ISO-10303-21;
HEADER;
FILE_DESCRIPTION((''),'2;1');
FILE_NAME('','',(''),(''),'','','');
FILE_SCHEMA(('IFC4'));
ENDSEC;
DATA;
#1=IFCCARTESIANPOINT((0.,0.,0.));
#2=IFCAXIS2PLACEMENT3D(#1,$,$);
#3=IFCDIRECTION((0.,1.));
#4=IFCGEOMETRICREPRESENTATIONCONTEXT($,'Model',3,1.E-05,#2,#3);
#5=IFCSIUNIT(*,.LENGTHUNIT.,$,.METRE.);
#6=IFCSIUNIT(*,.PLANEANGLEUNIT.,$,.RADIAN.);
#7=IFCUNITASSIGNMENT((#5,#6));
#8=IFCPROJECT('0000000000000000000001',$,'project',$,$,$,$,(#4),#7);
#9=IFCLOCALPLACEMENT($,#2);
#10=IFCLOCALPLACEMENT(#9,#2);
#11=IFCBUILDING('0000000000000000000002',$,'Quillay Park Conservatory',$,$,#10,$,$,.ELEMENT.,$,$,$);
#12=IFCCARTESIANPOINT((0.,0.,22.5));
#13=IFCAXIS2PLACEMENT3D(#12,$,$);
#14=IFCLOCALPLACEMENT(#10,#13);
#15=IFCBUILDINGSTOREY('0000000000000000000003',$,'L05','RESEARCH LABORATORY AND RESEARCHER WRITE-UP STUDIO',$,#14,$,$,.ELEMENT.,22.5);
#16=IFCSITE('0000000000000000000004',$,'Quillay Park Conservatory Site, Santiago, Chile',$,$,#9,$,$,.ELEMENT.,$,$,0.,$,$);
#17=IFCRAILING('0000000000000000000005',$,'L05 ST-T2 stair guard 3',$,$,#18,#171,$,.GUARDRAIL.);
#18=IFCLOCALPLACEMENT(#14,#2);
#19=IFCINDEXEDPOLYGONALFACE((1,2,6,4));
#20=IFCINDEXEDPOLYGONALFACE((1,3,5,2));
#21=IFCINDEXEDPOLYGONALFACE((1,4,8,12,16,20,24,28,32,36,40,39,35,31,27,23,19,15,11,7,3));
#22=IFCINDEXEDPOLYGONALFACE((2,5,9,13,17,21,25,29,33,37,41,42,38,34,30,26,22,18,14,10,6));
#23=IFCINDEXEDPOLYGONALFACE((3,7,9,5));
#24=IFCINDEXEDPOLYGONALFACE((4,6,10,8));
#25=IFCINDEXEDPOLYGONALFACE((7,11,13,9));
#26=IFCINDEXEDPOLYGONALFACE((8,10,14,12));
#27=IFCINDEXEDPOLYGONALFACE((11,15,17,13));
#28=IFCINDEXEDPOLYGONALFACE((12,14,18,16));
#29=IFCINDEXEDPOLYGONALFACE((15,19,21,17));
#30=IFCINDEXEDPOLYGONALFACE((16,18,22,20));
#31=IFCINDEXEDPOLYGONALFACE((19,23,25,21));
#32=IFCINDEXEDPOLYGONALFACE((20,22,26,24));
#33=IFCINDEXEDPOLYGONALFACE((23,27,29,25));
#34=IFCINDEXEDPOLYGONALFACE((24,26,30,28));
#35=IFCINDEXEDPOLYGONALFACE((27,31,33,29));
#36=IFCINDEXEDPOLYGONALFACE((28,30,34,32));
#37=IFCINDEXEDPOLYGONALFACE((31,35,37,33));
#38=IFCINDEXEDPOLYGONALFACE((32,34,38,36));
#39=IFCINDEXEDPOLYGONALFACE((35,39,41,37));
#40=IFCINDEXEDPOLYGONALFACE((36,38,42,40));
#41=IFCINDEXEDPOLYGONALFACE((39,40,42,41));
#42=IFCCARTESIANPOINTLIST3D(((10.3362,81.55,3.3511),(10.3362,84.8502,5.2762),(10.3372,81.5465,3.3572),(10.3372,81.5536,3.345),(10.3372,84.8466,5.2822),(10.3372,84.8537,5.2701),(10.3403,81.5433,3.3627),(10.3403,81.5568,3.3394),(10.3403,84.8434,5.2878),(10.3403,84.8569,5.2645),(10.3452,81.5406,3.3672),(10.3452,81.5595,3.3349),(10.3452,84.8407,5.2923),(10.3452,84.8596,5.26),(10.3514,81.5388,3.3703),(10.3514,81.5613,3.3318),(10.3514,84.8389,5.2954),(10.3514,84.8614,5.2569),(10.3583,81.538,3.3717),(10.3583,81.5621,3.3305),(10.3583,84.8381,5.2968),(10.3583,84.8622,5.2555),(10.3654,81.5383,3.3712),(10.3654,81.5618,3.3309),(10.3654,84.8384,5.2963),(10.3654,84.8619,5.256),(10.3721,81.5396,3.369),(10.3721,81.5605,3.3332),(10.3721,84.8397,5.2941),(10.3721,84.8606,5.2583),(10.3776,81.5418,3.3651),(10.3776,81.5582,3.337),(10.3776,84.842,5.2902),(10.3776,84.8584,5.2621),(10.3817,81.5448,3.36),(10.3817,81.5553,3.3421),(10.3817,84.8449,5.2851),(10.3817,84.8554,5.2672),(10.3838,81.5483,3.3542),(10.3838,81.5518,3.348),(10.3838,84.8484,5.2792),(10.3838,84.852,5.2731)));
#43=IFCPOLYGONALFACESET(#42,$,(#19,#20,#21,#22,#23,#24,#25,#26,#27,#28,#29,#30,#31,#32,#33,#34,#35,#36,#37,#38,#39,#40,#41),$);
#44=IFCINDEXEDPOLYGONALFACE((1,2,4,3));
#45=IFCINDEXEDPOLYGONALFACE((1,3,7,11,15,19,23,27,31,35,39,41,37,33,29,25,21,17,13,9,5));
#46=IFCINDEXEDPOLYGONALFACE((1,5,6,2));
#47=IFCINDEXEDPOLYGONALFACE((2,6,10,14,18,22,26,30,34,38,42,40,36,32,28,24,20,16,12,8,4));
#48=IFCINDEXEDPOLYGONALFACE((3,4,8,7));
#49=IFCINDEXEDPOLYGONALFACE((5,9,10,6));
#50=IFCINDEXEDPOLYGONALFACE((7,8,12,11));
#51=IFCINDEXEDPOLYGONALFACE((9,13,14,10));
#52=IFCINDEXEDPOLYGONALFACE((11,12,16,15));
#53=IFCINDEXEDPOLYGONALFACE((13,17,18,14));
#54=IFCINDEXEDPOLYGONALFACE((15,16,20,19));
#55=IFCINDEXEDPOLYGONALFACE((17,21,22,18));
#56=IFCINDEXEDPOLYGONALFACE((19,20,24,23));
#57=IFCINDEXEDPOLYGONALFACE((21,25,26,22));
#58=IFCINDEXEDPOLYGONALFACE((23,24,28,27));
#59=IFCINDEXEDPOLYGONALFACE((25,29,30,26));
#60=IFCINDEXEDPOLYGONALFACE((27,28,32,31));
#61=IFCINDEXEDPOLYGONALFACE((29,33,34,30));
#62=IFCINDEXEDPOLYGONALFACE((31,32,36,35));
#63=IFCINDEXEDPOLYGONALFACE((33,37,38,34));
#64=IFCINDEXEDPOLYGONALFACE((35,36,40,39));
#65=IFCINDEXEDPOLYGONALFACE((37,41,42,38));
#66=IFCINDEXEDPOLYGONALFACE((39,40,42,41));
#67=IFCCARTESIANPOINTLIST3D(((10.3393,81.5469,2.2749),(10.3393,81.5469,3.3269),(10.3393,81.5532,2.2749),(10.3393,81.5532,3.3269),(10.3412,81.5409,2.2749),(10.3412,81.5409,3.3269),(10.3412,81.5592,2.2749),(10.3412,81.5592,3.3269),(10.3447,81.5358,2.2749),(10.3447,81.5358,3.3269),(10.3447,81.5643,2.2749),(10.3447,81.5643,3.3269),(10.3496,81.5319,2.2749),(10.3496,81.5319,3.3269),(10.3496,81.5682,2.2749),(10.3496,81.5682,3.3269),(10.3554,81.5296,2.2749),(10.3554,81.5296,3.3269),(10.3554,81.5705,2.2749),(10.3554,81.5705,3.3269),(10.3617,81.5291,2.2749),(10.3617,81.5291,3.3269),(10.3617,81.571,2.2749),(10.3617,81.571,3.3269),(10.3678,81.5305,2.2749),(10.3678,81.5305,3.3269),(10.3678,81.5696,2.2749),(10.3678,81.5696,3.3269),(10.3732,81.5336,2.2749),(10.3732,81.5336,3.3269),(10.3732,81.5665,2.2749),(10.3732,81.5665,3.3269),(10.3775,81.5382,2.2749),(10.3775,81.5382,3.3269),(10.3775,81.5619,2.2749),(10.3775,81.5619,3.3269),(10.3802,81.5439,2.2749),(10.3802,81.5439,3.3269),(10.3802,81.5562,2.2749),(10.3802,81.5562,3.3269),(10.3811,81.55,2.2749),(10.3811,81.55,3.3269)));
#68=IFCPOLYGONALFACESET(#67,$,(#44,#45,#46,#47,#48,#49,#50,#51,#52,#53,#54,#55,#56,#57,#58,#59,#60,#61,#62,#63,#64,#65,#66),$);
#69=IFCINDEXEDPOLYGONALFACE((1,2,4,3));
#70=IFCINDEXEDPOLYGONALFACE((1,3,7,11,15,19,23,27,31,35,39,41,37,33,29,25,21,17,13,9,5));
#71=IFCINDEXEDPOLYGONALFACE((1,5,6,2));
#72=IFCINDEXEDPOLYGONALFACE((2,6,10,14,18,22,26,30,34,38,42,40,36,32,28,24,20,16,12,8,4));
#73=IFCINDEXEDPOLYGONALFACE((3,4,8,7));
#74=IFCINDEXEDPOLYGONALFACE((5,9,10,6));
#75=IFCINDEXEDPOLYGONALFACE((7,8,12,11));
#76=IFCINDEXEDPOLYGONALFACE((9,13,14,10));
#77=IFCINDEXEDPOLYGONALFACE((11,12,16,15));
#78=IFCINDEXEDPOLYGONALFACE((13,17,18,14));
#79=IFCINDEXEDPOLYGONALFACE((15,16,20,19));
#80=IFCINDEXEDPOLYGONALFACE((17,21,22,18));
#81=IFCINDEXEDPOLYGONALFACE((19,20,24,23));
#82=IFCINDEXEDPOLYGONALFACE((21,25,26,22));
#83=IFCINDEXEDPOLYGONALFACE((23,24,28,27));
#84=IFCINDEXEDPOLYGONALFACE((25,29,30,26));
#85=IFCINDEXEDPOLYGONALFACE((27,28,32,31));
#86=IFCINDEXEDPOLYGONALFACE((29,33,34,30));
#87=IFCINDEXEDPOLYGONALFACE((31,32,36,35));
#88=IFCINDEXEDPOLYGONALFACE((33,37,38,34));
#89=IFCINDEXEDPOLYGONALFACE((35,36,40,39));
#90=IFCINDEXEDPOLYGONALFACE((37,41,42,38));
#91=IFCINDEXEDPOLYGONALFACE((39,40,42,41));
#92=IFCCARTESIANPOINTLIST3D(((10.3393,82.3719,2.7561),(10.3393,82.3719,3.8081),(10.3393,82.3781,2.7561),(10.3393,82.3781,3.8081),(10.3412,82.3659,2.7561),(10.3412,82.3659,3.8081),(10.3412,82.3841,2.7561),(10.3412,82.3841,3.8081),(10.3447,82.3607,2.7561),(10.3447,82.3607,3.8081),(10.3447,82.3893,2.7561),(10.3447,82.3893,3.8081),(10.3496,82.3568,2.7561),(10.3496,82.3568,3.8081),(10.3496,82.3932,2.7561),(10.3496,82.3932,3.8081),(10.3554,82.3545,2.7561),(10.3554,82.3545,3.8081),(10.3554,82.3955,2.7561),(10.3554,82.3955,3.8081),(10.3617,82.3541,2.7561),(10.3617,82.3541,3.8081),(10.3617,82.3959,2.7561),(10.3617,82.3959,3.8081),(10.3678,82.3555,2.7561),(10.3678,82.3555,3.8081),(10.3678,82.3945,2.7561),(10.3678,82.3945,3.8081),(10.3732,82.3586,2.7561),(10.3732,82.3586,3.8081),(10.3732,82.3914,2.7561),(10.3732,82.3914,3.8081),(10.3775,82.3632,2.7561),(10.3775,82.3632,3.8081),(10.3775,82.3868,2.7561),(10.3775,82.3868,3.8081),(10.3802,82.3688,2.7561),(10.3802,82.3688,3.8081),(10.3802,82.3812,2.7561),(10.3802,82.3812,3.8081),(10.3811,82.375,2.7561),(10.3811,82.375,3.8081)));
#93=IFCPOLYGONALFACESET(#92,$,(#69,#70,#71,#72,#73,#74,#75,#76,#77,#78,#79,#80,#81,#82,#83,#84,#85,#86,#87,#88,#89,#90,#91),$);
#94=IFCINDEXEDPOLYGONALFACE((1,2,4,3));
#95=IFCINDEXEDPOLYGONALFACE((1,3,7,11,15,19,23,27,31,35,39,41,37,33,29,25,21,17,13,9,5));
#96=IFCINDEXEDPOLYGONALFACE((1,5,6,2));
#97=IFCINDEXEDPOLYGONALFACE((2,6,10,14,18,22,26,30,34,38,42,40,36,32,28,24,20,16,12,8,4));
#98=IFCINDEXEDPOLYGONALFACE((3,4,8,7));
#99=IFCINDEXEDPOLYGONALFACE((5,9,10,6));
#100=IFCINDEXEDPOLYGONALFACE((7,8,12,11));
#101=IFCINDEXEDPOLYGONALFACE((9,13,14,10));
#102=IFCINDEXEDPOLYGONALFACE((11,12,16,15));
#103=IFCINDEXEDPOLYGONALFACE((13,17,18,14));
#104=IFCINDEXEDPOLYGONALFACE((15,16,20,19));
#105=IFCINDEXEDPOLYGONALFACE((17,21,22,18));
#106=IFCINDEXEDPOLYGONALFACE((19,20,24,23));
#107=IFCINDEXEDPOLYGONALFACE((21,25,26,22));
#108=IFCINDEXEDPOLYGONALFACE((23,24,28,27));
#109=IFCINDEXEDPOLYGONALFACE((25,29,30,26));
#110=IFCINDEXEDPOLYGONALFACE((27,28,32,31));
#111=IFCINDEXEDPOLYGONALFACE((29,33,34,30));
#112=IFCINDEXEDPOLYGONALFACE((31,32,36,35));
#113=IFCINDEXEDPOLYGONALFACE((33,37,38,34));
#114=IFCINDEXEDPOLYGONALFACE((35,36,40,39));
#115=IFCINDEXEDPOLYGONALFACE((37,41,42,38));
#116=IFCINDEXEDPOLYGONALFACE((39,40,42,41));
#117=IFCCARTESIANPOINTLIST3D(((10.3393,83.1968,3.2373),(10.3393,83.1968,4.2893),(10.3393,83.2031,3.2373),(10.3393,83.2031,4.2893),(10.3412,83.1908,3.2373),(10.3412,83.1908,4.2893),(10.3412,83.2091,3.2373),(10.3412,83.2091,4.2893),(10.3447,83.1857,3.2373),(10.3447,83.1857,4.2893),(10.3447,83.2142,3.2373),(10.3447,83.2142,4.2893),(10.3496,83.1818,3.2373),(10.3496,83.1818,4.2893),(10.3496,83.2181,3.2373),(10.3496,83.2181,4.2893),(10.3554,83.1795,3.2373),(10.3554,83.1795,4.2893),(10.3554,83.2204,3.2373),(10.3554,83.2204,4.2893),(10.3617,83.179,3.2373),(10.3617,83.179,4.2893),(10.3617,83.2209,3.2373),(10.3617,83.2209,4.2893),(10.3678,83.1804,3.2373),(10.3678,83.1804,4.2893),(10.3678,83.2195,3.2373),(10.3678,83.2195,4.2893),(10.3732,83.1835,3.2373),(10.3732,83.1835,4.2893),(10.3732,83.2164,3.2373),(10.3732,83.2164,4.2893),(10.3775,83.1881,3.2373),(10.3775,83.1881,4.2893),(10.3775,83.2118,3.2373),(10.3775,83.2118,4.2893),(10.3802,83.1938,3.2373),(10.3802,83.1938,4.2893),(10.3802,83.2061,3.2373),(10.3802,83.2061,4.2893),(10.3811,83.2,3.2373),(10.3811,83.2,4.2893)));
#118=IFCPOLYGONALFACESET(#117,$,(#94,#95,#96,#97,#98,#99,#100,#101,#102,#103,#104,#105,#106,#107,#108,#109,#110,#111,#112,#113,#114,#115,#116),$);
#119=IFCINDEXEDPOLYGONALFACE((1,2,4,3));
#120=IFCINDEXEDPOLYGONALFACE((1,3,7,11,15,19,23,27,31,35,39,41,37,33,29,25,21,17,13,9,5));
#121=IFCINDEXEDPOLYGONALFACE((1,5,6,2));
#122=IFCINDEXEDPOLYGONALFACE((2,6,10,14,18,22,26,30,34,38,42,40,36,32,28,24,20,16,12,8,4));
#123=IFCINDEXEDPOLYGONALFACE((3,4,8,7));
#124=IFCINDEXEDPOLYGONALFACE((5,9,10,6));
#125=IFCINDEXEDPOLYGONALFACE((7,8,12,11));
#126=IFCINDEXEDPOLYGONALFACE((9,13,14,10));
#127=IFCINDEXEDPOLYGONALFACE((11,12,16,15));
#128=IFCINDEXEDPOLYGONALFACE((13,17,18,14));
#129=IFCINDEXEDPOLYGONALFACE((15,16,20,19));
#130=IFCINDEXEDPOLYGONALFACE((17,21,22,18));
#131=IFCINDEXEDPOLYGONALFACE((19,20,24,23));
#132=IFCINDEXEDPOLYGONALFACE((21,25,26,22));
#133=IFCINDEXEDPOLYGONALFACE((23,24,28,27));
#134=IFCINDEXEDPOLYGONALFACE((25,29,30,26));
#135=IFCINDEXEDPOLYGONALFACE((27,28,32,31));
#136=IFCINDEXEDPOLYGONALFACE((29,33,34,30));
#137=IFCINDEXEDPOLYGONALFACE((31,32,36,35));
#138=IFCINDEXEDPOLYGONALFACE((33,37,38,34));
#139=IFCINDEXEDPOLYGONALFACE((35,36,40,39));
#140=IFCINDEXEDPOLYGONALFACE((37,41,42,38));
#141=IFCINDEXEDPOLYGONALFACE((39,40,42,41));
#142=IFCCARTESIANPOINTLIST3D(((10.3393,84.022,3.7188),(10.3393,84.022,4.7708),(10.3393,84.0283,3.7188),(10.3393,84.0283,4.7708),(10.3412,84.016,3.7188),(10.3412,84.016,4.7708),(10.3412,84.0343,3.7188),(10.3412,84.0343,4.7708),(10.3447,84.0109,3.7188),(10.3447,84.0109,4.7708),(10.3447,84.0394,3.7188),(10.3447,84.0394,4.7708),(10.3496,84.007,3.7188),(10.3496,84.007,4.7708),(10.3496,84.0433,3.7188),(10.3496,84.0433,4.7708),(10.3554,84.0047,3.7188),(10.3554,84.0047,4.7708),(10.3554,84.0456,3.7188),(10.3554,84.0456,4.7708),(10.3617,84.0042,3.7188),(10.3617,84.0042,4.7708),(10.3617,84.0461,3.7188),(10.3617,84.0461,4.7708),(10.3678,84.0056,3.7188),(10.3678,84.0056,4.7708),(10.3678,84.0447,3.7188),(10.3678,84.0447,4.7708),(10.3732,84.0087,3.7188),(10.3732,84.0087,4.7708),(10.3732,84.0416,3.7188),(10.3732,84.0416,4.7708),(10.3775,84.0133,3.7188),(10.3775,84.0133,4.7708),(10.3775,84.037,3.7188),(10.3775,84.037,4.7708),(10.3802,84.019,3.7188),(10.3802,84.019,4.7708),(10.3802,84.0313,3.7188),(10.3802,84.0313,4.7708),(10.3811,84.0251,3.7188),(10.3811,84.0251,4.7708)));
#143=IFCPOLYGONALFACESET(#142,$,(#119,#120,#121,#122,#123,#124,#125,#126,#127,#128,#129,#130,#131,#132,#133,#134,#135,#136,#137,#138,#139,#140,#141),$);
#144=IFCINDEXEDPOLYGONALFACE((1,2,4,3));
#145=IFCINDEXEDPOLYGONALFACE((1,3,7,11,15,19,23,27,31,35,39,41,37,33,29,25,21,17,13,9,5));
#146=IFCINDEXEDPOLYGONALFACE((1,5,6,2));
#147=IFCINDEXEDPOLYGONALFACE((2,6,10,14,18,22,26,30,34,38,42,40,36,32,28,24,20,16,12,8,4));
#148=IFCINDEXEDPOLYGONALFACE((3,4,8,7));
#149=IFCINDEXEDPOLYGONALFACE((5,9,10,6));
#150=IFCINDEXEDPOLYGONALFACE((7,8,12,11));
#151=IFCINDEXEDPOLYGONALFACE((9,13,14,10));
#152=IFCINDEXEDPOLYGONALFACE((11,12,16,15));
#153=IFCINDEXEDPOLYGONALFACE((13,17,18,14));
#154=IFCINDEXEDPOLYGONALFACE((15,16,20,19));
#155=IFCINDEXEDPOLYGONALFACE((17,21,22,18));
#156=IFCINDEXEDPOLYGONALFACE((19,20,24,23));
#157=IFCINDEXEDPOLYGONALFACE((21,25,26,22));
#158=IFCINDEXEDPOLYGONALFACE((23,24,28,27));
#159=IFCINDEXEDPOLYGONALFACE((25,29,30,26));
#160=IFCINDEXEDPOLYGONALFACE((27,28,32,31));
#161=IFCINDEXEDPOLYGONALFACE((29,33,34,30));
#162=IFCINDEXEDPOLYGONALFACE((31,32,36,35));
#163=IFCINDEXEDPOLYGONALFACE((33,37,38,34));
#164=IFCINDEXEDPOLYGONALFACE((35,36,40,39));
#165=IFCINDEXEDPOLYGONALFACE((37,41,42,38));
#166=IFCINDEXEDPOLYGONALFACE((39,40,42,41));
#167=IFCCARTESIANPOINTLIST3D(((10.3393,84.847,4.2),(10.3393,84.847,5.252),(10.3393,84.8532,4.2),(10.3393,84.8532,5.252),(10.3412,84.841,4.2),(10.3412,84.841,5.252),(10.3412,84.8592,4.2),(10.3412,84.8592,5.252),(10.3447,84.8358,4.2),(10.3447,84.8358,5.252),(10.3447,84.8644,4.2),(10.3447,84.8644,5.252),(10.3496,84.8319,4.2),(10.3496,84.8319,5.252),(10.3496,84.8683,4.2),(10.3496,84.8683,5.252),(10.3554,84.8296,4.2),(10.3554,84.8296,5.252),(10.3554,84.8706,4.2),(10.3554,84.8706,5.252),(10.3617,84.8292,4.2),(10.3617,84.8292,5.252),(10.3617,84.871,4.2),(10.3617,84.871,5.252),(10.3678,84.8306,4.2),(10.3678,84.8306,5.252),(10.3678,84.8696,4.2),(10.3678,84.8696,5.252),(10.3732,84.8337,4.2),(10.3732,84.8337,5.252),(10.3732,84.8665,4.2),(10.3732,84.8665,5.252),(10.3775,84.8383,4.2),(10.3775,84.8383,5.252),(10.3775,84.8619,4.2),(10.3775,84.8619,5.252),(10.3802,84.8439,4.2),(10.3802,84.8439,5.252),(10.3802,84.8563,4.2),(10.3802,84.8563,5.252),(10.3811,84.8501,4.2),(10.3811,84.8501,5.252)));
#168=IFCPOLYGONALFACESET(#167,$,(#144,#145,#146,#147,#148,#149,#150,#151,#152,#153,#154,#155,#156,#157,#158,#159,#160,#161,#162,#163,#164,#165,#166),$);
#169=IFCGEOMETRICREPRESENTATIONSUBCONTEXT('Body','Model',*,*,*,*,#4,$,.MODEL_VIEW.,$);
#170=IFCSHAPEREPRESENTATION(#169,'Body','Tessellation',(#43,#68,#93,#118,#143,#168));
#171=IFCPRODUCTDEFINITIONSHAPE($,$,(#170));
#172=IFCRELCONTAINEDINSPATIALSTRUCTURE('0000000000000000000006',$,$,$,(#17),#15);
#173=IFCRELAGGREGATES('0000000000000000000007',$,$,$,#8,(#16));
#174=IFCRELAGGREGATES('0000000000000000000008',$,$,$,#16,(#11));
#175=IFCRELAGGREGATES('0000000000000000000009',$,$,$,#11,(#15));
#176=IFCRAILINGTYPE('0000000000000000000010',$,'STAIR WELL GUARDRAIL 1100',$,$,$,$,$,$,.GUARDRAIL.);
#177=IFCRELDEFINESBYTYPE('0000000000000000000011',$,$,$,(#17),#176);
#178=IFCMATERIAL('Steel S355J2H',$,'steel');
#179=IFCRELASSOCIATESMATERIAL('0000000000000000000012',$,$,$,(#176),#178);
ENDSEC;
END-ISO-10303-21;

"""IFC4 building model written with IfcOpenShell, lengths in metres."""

from ifc_helpers import new_model, si_unit, direction, frame, origin, origin_2d, place, context, subcontext, project, spatial, circle, extrude, material, type_object, element, save


model = new_model("IFC4")

# Units and contexts
model_context = context("Model", 3, precision=1e-05, world=origin(), true_north=direction((0.0, 1.0)))
body_context = subcontext(model_context, "Body", "Model", "MODEL_VIEW")
ifc_project = project(units=[si_unit("LENGTHUNIT", "METRE"), si_unit("PLANEANGLEUNIT", "RADIAN")], contexts=[model_context])

# Site, building, storey
site_placement = place(None, origin())
site = spatial("IfcSite", under=ifc_project, at=site_placement, Name="Quillay Park Conservatory Site, Santiago, Chile", CompositionType="ELEMENT", RefElevation=0.0)
building_placement = place(site_placement, origin())
building = spatial("IfcBuilding", under=site, at=building_placement, Name="Quillay Park Conservatory", CompositionType="ELEMENT")
storey_placement = place(building_placement, frame((0.0, 0.0, 22.5)))
storey = spatial("IfcBuildingStorey", under=building, at=storey_placement, Name="L05", Description="RESEARCH LABORATORY AND RESEARCHER WRITE-UP STUDIO", CompositionType="ELEMENT", Elevation=22.5)

# Railing
ifc_material_1 = material(Name="Steel S355J2H", Category="steel")
railing_type_1 = type_object("IfcRailingType", Name="STAIR WELL GUARDRAIL 1100", PredefinedType="GUARDRAIL", material=ifc_material_1)
railing_1_placement = place(storey_placement, frame((10.3601, 81.55, 2.2749)))
element("IfcRailing", 1, at=railing_1_placement, inside=storey, type_object=railing_type_1, Name="L05 ST-T2 stair guard 3", PredefinedType="GUARDRAIL", context=body_context, shape_type="SweptSolid", body=[
    extrude(circle(Radius=0.0239, at=origin_2d()), frame((0.0, 0.0, 1.0762), z_axis=(0.0, 0.863777, 0.503875), x_axis=(-1.0, 0.0, 0.0)), (0.0, 0.0, 1.0), 3.8206),
    extrude(circle(Radius=0.021, at=origin_2d()), origin(), (0.0, 0.0, 1.0), 1.052),
    extrude(circle(Radius=0.021, at=origin_2d()), frame((0.0, 0.825, 0.4812)), (0.0, 0.0, 1.0), 1.052),
    extrude(circle(Radius=0.021, at=origin_2d()), frame((0.0, 1.6499, 0.9624)), (0.0, 0.0, 1.0), 1.052),
    extrude(circle(Radius=0.021, at=origin_2d()), frame((0.0, 2.4751, 1.4438)), (0.0, 0.0, 1.0), 1.052),
    extrude(circle(Radius=0.021, at=origin_2d()), frame((0.0, 3.3, 1.925)), (0.0, 0.0, 1.0), 1.052),
])

save(model, "model.ifc")
